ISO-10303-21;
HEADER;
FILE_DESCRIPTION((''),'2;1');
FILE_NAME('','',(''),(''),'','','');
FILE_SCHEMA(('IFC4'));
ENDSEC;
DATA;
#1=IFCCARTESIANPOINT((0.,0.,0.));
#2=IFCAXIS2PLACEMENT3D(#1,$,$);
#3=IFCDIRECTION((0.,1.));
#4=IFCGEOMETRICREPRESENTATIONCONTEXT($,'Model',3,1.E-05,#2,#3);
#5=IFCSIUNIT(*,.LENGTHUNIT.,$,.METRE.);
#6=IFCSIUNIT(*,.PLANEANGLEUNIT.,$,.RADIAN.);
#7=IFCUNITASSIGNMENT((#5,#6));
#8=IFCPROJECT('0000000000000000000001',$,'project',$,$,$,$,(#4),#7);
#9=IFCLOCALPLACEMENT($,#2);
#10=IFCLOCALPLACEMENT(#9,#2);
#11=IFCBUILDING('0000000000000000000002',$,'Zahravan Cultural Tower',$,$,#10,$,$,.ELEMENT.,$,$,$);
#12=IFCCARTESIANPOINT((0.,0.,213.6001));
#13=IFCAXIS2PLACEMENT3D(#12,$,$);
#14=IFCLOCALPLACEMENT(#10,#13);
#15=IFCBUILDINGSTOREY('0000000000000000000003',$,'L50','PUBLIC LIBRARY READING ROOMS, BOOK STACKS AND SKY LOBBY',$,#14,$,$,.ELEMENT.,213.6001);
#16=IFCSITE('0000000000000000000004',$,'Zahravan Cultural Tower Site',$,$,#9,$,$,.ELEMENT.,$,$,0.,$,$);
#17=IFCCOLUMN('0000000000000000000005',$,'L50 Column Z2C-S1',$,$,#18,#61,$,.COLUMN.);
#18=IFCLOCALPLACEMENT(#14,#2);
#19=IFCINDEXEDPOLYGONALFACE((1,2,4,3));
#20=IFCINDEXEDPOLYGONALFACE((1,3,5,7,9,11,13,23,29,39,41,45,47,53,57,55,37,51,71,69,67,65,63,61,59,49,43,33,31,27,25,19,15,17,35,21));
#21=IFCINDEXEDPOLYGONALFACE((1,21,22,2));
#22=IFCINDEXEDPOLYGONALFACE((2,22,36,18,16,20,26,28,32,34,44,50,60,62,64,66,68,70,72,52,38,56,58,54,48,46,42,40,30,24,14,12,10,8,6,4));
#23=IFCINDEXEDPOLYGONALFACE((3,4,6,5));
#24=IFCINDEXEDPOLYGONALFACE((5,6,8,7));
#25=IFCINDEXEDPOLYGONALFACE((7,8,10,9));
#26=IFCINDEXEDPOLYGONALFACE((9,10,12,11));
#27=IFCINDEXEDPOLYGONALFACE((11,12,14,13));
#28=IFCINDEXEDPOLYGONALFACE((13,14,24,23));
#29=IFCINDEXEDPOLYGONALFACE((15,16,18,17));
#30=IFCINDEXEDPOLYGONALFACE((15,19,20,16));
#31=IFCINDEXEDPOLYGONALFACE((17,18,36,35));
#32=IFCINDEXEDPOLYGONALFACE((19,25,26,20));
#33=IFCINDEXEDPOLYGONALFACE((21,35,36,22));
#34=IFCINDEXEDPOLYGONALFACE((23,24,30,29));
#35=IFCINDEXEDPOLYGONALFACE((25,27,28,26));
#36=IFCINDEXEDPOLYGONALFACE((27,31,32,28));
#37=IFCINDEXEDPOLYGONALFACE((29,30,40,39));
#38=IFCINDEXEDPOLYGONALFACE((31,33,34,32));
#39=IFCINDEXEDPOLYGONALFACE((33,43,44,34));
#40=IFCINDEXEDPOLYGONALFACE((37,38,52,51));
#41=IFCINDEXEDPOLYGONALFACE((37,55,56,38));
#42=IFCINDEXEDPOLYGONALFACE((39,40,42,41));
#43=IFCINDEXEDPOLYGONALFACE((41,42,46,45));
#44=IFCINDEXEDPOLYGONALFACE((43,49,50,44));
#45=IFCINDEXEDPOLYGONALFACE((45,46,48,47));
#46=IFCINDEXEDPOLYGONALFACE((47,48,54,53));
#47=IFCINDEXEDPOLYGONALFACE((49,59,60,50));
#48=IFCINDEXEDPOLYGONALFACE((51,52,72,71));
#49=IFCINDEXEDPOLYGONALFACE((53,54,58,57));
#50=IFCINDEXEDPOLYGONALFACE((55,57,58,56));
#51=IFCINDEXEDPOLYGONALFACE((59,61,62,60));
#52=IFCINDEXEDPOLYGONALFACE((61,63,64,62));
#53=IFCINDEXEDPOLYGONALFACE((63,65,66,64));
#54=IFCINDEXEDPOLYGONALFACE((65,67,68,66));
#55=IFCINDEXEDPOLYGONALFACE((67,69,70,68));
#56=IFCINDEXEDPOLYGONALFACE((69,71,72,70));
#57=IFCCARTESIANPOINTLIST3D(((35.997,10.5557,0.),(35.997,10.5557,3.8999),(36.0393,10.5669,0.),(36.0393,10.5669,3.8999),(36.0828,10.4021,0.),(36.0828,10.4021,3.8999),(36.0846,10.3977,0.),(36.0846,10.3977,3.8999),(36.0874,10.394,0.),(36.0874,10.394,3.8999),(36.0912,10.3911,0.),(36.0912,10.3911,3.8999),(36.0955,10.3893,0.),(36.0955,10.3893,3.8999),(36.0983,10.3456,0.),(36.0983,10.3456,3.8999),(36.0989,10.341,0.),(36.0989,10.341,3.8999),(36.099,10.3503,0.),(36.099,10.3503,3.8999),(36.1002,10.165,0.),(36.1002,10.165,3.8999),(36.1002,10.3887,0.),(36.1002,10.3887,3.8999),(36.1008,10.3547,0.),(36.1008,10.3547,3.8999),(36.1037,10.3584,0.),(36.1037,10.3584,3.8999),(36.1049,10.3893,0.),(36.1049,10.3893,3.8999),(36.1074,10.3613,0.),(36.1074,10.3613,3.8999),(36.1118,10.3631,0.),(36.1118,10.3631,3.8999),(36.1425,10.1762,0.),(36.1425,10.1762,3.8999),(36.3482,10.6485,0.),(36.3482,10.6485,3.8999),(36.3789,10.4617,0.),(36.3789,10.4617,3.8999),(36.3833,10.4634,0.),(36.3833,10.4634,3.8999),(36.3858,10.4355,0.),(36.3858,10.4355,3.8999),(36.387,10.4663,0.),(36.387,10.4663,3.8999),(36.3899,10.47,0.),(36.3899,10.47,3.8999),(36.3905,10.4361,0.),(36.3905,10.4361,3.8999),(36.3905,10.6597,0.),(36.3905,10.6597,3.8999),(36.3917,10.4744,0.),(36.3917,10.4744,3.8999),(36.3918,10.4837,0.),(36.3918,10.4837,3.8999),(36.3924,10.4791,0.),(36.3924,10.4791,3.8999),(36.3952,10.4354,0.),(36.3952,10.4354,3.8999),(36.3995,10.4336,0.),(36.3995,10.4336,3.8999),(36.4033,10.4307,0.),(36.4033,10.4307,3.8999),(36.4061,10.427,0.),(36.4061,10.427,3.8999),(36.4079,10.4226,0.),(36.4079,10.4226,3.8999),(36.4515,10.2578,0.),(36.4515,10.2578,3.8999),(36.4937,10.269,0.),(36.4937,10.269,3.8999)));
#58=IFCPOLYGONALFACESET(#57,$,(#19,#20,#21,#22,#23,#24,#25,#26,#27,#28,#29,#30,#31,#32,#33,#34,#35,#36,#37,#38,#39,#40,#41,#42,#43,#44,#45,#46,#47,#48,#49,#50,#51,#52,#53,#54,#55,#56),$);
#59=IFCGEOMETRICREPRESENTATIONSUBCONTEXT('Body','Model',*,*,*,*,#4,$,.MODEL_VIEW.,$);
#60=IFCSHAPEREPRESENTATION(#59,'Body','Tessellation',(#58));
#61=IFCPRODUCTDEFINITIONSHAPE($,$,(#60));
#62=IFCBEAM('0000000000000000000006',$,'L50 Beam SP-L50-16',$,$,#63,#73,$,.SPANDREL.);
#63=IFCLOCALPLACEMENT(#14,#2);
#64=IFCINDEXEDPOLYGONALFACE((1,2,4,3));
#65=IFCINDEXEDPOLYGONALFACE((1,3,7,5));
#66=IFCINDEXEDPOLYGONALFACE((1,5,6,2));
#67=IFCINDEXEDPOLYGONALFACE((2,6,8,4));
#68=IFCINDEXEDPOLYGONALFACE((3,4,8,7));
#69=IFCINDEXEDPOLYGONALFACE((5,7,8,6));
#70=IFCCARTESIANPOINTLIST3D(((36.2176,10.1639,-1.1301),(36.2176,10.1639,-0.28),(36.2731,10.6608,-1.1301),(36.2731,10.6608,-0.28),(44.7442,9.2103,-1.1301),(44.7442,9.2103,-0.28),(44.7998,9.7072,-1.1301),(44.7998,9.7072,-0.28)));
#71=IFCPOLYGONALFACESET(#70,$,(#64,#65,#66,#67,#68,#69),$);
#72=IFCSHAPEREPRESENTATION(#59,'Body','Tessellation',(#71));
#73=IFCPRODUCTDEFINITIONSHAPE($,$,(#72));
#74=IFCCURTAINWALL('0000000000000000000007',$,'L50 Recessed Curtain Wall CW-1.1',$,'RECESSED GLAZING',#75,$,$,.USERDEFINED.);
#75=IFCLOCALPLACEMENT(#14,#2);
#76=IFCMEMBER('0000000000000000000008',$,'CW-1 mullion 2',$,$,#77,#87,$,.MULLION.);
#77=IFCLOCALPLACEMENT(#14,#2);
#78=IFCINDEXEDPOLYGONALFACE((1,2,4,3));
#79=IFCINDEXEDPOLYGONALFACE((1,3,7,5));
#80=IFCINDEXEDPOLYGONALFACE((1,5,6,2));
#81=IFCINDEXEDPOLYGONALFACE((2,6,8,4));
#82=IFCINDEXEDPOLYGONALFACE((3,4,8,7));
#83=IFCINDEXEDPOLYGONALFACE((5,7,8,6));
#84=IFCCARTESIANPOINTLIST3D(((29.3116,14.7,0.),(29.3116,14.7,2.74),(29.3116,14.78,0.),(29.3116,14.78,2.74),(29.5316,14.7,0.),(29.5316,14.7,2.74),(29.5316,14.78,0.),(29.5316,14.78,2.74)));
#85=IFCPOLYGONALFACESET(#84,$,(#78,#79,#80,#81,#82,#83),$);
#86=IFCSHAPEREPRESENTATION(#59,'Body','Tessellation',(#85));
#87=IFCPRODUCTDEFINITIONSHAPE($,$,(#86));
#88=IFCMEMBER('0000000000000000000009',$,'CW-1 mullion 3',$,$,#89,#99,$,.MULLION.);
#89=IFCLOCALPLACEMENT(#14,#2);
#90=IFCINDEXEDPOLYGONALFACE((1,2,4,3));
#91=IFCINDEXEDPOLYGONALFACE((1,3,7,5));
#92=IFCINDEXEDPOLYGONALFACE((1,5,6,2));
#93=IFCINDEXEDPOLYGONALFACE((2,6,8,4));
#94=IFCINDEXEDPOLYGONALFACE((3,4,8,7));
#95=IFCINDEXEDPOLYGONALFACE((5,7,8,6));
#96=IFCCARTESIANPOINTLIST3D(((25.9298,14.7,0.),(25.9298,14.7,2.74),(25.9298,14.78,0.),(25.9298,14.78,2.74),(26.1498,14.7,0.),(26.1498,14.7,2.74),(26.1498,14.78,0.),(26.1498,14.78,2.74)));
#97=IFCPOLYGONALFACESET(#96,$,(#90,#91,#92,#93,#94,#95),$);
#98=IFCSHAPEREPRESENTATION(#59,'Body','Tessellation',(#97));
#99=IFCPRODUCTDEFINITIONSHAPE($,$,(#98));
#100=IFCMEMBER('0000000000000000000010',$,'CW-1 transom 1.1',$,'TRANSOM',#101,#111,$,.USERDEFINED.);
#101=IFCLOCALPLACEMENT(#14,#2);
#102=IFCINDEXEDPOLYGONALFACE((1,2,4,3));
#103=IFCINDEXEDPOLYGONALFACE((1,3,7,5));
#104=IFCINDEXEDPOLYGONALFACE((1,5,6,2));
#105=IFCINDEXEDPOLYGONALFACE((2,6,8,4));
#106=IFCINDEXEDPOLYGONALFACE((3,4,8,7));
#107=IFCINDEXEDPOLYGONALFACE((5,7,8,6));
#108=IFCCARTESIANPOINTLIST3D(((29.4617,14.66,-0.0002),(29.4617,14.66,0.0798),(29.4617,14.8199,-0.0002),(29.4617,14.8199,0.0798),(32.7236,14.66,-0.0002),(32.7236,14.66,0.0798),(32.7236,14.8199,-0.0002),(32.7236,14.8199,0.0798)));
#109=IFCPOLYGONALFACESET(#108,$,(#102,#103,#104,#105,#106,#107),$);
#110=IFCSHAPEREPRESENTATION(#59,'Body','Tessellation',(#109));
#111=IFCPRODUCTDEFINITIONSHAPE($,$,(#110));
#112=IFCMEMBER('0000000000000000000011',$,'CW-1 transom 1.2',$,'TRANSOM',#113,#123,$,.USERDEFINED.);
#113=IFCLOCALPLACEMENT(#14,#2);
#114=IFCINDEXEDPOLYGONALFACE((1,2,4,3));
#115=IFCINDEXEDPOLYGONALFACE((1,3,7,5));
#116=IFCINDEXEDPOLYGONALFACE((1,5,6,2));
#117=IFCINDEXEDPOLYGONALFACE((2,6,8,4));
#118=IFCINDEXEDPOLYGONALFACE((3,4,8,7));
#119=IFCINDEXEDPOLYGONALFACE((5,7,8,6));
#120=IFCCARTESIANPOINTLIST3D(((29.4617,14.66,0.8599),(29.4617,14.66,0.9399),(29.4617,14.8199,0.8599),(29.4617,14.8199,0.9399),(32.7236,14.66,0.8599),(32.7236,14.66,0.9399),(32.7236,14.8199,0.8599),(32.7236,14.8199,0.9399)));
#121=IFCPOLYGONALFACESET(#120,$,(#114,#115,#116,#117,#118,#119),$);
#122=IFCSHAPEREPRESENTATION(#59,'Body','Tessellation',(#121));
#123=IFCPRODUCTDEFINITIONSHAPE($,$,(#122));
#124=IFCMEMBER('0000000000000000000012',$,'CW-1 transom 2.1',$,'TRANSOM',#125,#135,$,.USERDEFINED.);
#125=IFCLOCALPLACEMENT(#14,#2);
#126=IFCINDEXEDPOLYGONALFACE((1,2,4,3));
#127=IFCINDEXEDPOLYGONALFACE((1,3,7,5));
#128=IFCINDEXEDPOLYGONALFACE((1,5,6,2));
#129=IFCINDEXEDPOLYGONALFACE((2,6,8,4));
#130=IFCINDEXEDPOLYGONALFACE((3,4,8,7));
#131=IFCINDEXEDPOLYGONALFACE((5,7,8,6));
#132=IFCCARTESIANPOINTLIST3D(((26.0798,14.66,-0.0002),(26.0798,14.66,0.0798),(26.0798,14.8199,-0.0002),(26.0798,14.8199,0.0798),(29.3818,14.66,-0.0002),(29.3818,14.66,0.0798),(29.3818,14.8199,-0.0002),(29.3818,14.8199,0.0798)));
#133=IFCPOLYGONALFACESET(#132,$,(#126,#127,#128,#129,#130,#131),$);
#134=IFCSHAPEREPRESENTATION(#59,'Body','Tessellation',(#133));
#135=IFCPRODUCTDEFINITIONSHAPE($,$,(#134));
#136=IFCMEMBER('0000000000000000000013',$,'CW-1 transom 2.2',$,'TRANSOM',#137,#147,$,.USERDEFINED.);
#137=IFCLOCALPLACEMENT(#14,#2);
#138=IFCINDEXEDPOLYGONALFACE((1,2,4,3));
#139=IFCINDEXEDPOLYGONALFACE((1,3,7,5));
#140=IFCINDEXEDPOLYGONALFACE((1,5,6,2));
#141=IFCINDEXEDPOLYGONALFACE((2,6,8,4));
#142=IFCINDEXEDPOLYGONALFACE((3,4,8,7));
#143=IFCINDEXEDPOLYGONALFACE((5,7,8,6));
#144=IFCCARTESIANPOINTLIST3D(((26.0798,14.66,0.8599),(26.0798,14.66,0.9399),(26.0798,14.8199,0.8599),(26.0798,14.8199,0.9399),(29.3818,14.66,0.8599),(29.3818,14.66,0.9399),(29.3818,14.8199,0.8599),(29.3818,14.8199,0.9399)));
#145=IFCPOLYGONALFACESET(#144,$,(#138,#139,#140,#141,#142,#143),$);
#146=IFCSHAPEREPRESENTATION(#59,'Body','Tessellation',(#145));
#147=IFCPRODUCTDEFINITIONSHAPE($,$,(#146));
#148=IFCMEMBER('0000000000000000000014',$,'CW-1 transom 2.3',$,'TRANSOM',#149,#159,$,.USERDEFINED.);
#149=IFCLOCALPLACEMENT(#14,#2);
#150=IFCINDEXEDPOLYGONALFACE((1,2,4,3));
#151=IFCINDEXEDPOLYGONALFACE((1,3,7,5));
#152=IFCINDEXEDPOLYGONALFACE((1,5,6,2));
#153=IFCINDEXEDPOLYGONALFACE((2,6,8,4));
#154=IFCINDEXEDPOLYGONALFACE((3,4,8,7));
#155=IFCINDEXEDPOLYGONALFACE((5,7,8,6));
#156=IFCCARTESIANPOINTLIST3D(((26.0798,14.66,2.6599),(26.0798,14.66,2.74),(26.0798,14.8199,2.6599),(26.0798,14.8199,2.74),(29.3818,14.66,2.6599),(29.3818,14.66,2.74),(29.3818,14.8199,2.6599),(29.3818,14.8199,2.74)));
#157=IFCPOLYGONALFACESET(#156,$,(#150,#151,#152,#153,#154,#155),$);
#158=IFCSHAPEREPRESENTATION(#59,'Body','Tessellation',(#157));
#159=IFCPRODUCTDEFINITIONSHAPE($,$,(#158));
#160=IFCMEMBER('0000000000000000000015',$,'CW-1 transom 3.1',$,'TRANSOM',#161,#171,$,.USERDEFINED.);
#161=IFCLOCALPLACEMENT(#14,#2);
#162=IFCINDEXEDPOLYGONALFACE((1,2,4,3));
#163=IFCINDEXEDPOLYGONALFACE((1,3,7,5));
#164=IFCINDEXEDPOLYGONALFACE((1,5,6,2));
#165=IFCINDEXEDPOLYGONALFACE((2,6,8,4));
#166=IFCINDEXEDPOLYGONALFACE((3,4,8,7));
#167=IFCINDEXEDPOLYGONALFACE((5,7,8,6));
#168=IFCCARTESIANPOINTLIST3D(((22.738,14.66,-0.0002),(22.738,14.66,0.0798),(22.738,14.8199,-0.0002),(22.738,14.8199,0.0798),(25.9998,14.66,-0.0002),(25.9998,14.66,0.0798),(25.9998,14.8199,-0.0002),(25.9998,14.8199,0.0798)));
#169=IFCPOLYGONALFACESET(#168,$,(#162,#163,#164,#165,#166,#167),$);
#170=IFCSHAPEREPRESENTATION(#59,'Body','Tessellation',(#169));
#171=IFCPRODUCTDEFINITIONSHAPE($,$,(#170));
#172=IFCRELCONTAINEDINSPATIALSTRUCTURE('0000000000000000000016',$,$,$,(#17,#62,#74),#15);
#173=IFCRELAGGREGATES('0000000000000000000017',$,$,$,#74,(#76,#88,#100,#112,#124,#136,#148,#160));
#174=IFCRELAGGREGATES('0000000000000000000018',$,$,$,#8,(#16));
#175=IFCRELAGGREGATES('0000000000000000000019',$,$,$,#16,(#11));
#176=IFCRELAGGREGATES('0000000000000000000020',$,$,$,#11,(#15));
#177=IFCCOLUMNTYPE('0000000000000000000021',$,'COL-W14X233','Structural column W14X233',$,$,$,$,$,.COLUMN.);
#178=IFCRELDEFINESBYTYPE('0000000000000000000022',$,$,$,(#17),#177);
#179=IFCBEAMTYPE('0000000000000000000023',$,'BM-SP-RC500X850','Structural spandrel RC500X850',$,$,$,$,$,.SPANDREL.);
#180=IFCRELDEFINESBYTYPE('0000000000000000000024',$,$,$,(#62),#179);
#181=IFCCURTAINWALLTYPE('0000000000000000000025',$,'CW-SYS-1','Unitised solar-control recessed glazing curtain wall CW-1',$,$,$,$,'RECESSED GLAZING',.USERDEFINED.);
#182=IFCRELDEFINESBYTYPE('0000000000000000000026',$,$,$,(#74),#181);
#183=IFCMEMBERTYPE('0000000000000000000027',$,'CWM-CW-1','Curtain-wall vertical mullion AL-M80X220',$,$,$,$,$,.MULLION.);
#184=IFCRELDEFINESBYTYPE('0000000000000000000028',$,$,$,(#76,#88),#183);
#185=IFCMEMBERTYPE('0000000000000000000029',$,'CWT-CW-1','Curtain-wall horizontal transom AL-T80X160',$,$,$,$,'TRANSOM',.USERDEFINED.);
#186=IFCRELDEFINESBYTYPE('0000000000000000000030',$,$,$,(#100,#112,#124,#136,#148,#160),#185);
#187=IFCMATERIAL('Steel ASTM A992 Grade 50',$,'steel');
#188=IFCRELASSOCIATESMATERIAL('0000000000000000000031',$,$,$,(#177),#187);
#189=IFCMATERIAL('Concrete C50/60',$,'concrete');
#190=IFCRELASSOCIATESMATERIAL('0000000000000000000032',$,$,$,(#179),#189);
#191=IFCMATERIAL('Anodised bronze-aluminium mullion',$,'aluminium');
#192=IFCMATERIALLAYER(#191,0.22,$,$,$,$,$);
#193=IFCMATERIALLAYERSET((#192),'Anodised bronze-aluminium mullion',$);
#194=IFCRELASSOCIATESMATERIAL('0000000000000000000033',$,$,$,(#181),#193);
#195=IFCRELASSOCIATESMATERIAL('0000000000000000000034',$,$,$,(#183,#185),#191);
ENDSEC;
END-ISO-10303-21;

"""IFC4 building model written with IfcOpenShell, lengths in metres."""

from ifc_helpers import new_model, si_unit, direction, frame, origin, origin_2d, place, context, subcontext, project, spatial, rectangle, i_section, extrude, source, transform, mapped, material, layer, layer_set, material_profile, profile_set, type_object, element, aggregate, save


model = new_model("IFC4")

# Units and contexts
model_context = context("Model", 3, precision=1e-05, world=origin(), true_north=direction((0.0, 1.0)))
body_context = subcontext(model_context, "Body", "Model", "MODEL_VIEW")
ifc_project = project(units=[si_unit("LENGTHUNIT", "METRE"), si_unit("PLANEANGLEUNIT", "RADIAN")], contexts=[model_context])

# Site, building, storey
site_placement = place(None, origin())
site = spatial("IfcSite", under=ifc_project, at=site_placement, Name="Zahravan Cultural Tower Site", CompositionType="ELEMENT", RefElevation=0.0)
building_placement = place(site_placement, origin())
building = spatial("IfcBuilding", under=site, at=building_placement, Name="Zahravan Cultural Tower", CompositionType="ELEMENT")
storey_placement = place(building_placement, frame((0.0, 0.0, 213.6001)))
storey = spatial("IfcBuildingStorey", under=building, at=storey_placement, Name="L50", Description="PUBLIC LIBRARY READING ROOMS, BOOK STACKS AND SKY LOBBY", CompositionType="ELEMENT", Elevation=213.6001)

# Column
ifc_material_1 = material(Name="Steel ASTM A992 Grade 50", Category="steel")
ifc_material_profile_1 = material_profile(ifc_material_1, i_section(OverallWidth=0.4041, OverallDepth=0.407, WebThickness=0.0271, FlangeThickness=0.0437, FilletRadius=0.0181, at=origin_2d()), Name="W14X233")
ifc_profile_set_1 = profile_set([ifc_material_profile_1], Name="Steel ASTM A992 Grade 50")
column_type = type_object("IfcColumnType", Name="COL-W14X233", Description="Structural column W14X233", PredefinedType="COLUMN", material=ifc_profile_set_1)
shared_shape_1 = source(origin(), body_context, "Body", "SweptSolid", [
    extrude(i_section(OverallWidth=0.4041, OverallDepth=0.407, WebThickness=0.0271, FlangeThickness=0.0437, FilletRadius=0.0181, at=origin_2d()), origin(), (0.0, 0.0, 1.0), 3.8999),
])
column_placement = place(storey_placement, frame((36.2454, 10.4124, 0.0), z_axis=(0.0, 0.0, 1.0), x_axis=(-0.255446, 0.966823, 0.0)))
element("IfcColumn", 1, at=column_placement, inside=storey, type_object=column_type, Name="L50 Column Z2C-S1", PredefinedType="COLUMN", context=body_context, shape_type="MappedRepresentation", body=[
    mapped(shared_shape_1, transform((0.0, 0.0, 0.0), x_axis=(1.0, 0.0, 0.0), y_axis=(0.0, 1.0, 0.0), z_axis=(0.0, 0.0, 1.0), scale=1.0)),
])

# Beam
ifc_material_2 = material(Name="Concrete C50/60", Category="concrete")
ifc_material_profile_2 = material_profile(ifc_material_2, rectangle(XDim=0.5, YDim=0.8501, at=origin_2d()), Name="RC500X850")
ifc_profile_set_2 = profile_set([ifc_material_profile_2], Name="Concrete C50/60")
beam_type = type_object("IfcBeamType", Name="BM-SP-RC500X850", Description="Structural spandrel RC500X850", PredefinedType="SPANDREL", material=ifc_profile_set_2)
shared_shape_2 = source(origin(), body_context, "Body", "SweptSolid", [
    extrude(rectangle(XDim=0.5, YDim=0.8501, at=origin_2d()), origin(), (0.0, 0.0, 1.0), 8.5798),
])
beam_placement = place(storey_placement, frame((36.2454, 10.4124, -0.7051), z_axis=(0.993804, -0.111147, 0.0), x_axis=(0.111147, 0.993804, 0.0)))
element("IfcBeam", 2, at=beam_placement, inside=storey, type_object=beam_type, Name="L50 Beam SP-L50-16", PredefinedType="SPANDREL", context=body_context, shape_type="MappedRepresentation", body=[
    mapped(shared_shape_2, transform((0.0, 0.0, 0.0), x_axis=(1.0, 0.0, 0.0), y_axis=(0.0, 1.0, 0.0), z_axis=(0.0, 0.0, 1.0), scale=1.0)),
])

# Curtain wall, members
ifc_material_3 = material(Name="Anodised bronze-aluminium mullion", Category="aluminium")
ifc_layer_1 = layer(ifc_material_3, 0.22)
ifc_layer_set_1 = layer_set([ifc_layer_1], Name="Anodised bronze-aluminium mullion")
curtain_wall_type = type_object("IfcCurtainWallType", Name="CW-SYS-1", Description="Unitised solar-control recessed glazing curtain wall CW-1", ElementType="RECESSED GLAZING", PredefinedType="USERDEFINED", material=ifc_layer_set_1)
curtain_wall_placement = place(storey_placement, origin())
curtain_wall = element("IfcCurtainWall", 3, at=curtain_wall_placement, inside=storey, type_object=curtain_wall_type, Name="L50 Recessed Curtain Wall CW-1.1", ObjectType="RECESSED GLAZING", PredefinedType="USERDEFINED")
ifc_material_profile_3 = material_profile(ifc_material_3, rectangle(XDim=0.0801, YDim=0.22, at=origin_2d()), Name="AL-M80X220")
ifc_profile_set_3 = profile_set([ifc_material_profile_3], Name="Anodised bronze-aluminium mullion")
member_type_1 = type_object("IfcMemberType", Name="CWM-CW-1", Description="Curtain-wall vertical mullion AL-M80X220", PredefinedType="MULLION", material=ifc_profile_set_3)
shared_shape_3 = source(origin(), body_context, "Body", "SweptSolid", [
    extrude(rectangle(XDim=0.0801, YDim=0.22, at=origin_2d()), origin(), (0.0, 0.0, 1.0), 2.74),
])
member_1_placement = place(storey_placement, frame((29.4216, 14.74, 0.0), z_axis=(0.0, 0.0, 1.0), x_axis=(0.0, -1.0, 0.0)))
member_1 = element("IfcMember", 4, at=member_1_placement, type_object=member_type_1, Name="CW-1 mullion 2", PredefinedType="MULLION", context=body_context, shape_type="MappedRepresentation", body=[
    mapped(shared_shape_3, transform((0.0, 0.0, 0.0), x_axis=(1.0, 0.0, 0.0), y_axis=(0.0, 1.0, 0.0), z_axis=(0.0, 0.0, 1.0), scale=1.0)),
])
member_2_placement = place(storey_placement, frame((26.0398, 14.74, 0.0), z_axis=(0.0, 0.0, 1.0), x_axis=(0.0, -1.0, 0.0)))
member_2 = element("IfcMember", 5, at=member_2_placement, type_object=member_type_1, Name="CW-1 mullion 3", PredefinedType="MULLION", context=body_context, shape_type="MappedRepresentation", body=[
    mapped(shared_shape_3, transform((0.0, 0.0, 0.0), x_axis=(1.0, 0.0, 0.0), y_axis=(0.0, 1.0, 0.0), z_axis=(0.0, 0.0, 1.0), scale=1.0)),
])
ifc_material_profile_4 = material_profile(ifc_material_3, rectangle(XDim=0.1599, YDim=0.0801, at=origin_2d()), Name="AL-T80X160")
ifc_profile_set_4 = profile_set([ifc_material_profile_4], Name="Anodised bronze-aluminium mullion")
member_type_2 = type_object("IfcMemberType", Name="CWT-CW-1", Description="Curtain-wall horizontal transom AL-T80X160", ElementType="TRANSOM", PredefinedType="USERDEFINED", material=ifc_profile_set_4)
shared_shape_4 = source(origin(), body_context, "Body", "SweptSolid", [
    extrude(rectangle(XDim=0.1599, YDim=0.0801, at=origin_2d()), origin(), (0.0, 0.0, 1.0), 3.262),
])
member_3_placement = place(storey_placement, frame((32.7236, 14.74, 0.0398), z_axis=(-1.0, 0.0, 0.0), x_axis=(0.0, -1.0, 0.0)))
member_3 = element("IfcMember", 6, at=member_3_placement, type_object=member_type_2, Name="CW-1 transom 1.1", ObjectType="TRANSOM", PredefinedType="USERDEFINED", context=body_context, shape_type="MappedRepresentation", body=[
    mapped(shared_shape_4, transform((0.0, 0.0, 0.0), x_axis=(1.0, 0.0, 0.0), y_axis=(0.0, 1.0, 0.0), z_axis=(0.0, 0.0, 1.0), scale=1.0)),
])
member_4_placement = place(storey_placement, frame((32.7236, 14.74, 0.8999), z_axis=(-1.0, 0.0, 0.0), x_axis=(0.0, -1.0, 0.0)))
member_4 = element("IfcMember", 7, at=member_4_placement, type_object=member_type_2, Name="CW-1 transom 1.2", ObjectType="TRANSOM", PredefinedType="USERDEFINED", context=body_context, shape_type="MappedRepresentation", body=[
    mapped(shared_shape_4, transform((0.0, 0.0, 0.0), x_axis=(1.0, 0.0, 0.0), y_axis=(0.0, 1.0, 0.0), z_axis=(0.0, 0.0, 1.0), scale=1.0)),
])
shared_shape_5 = source(origin(), body_context, "Body", "SweptSolid", [
    extrude(rectangle(XDim=0.1599, YDim=0.0801, at=origin_2d()), origin(), (0.0, 0.0, 1.0), 3.302),
])
member_5_placement = place(storey_placement, frame((29.3818, 14.74, 0.0398), z_axis=(-1.0, 0.0, 0.0), x_axis=(0.0, -1.0, 0.0)))
member_5 = element("IfcMember", 8, at=member_5_placement, type_object=member_type_2, Name="CW-1 transom 2.1", ObjectType="TRANSOM", PredefinedType="USERDEFINED", context=body_context, shape_type="MappedRepresentation", body=[
    mapped(shared_shape_5, transform((0.0, 0.0, 0.0), x_axis=(1.0, 0.0, 0.0), y_axis=(0.0, 1.0, 0.0), z_axis=(0.0, 0.0, 1.0), scale=1.0)),
])
member_6_placement = place(storey_placement, frame((29.3818, 14.74, 0.8999), z_axis=(-1.0, 0.0, 0.0), x_axis=(0.0, -1.0, 0.0)))
member_6 = element("IfcMember", 9, at=member_6_placement, type_object=member_type_2, Name="CW-1 transom 2.2", ObjectType="TRANSOM", PredefinedType="USERDEFINED", context=body_context, shape_type="MappedRepresentation", body=[
    mapped(shared_shape_5, transform((0.0, 0.0, 0.0), x_axis=(1.0, 0.0, 0.0), y_axis=(0.0, 1.0, 0.0), z_axis=(0.0, 0.0, 1.0), scale=1.0)),
])
member_7_placement = place(storey_placement, frame((29.3818, 14.74, 2.7), z_axis=(-1.0, 0.0, 0.0), x_axis=(0.0, -1.0, 0.0)))
member_7 = element("IfcMember", 10, at=member_7_placement, type_object=member_type_2, Name="CW-1 transom 2.3", ObjectType="TRANSOM", PredefinedType="USERDEFINED", context=body_context, shape_type="MappedRepresentation", body=[
    mapped(shared_shape_5, transform((0.0, 0.0, 0.0), x_axis=(1.0, 0.0, 0.0), y_axis=(0.0, 1.0, 0.0), z_axis=(0.0, 0.0, 1.0), scale=1.0)),
])
shared_shape_6 = source(origin(), body_context, "Body", "SweptSolid", [
    extrude(rectangle(XDim=0.1599, YDim=0.0801, at=origin_2d()), origin(), (0.0, 0.0, 1.0), 3.2617),
])
member_8_placement = place(storey_placement, frame((25.9998, 14.74, 0.0398), z_axis=(-1.0, 0.0, 0.0), x_axis=(0.0, -1.0, 0.0)))
member_8 = element("IfcMember", 11, at=member_8_placement, type_object=member_type_2, Name="CW-1 transom 3.1", ObjectType="TRANSOM", PredefinedType="USERDEFINED", context=body_context, shape_type="MappedRepresentation", body=[
    mapped(shared_shape_6, transform((0.0, 0.0, 0.0), x_axis=(1.0, 0.0, 0.0), y_axis=(0.0, 1.0, 0.0), z_axis=(0.0, 0.0, 1.0), scale=1.0)),
])
aggregate(curtain_wall, [member_1, member_2, member_3, member_4, member_5, member_6, member_7, member_8])

save(model, "model.ifc")
